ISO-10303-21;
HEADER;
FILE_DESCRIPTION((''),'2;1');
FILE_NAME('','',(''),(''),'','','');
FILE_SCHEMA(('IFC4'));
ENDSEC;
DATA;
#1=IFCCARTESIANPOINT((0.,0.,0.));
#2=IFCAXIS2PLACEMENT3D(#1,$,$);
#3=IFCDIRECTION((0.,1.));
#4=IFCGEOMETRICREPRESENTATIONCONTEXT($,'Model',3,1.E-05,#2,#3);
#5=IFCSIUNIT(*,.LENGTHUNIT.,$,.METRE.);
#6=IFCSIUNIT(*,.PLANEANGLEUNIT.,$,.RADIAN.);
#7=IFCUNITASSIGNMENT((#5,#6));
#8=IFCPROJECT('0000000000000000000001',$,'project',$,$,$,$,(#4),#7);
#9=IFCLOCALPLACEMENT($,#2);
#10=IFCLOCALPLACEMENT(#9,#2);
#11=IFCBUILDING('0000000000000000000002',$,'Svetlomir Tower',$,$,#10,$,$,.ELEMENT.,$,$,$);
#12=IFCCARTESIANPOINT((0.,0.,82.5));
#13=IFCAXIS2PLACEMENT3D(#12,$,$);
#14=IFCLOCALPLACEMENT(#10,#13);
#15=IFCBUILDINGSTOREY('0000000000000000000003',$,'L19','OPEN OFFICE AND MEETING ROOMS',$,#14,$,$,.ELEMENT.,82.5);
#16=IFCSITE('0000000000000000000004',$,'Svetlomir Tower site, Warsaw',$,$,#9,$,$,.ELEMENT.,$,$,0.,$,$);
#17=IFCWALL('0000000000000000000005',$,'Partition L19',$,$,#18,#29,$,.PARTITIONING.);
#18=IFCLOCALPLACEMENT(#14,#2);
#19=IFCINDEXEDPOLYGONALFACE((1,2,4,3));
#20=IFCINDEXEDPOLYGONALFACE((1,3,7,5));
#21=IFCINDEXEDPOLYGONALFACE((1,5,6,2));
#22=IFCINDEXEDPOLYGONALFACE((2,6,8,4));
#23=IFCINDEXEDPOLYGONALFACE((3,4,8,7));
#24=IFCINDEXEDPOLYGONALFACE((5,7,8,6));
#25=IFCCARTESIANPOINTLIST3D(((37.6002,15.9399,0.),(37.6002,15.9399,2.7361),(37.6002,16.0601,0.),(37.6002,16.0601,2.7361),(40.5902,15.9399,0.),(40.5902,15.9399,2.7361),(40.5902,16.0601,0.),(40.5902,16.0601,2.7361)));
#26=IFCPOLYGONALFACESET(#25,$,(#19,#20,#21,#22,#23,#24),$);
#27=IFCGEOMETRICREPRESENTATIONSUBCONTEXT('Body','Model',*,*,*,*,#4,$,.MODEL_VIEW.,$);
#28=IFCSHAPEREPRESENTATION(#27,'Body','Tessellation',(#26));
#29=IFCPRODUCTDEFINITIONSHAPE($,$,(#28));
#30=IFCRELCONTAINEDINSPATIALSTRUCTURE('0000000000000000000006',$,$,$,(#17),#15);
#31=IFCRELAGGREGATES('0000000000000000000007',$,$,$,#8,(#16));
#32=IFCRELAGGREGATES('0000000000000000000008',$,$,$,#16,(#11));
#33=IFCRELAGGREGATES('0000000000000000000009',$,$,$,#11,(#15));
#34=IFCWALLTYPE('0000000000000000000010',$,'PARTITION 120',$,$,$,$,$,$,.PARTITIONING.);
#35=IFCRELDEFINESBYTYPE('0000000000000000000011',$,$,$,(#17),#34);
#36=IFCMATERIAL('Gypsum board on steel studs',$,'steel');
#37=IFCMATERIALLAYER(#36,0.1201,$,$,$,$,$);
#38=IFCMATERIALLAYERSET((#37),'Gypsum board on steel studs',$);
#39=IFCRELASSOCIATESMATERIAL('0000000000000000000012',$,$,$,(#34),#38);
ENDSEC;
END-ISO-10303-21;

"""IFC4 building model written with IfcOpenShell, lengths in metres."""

from ifc_helpers import new_model, si_unit, direction, frame, frame_2d, origin, place, context, subcontext, project, spatial, rectangle, extrude, material, layer, layer_set, type_object, element, save


model = new_model("IFC4")

# Units and contexts
model_context = context("Model", 3, precision=1e-05, world=origin(), true_north=direction((0.0, 1.0)))
body_context = subcontext(model_context, "Body", "Model", "MODEL_VIEW")
ifc_project = project(units=[si_unit("LENGTHUNIT", "METRE"), si_unit("PLANEANGLEUNIT", "RADIAN")], contexts=[model_context])

# Site, building, storey
site_placement = place(None, origin())
site = spatial("IfcSite", under=ifc_project, at=site_placement, Name="Svetlomir Tower site, Warsaw", CompositionType="ELEMENT", RefElevation=0.0)
building_placement = place(site_placement, origin())
building = spatial("IfcBuilding", under=site, at=building_placement, Name="Svetlomir Tower", CompositionType="ELEMENT")
storey_placement = place(building_placement, frame((0.0, 0.0, 82.5)))
storey = spatial("IfcBuildingStorey", under=building, at=storey_placement, Name="L19", Description="OPEN OFFICE AND MEETING ROOMS", CompositionType="ELEMENT", Elevation=82.5)

# Shared definitions
ifc_material_1 = material(Name="Gypsum board on steel studs", Category="steel")
ifc_layer_1 = layer(ifc_material_1, 0.1201)
ifc_layer_set_1 = layer_set([ifc_layer_1], Name="Gypsum board on steel studs")
wall_type = type_object("IfcWallType", Name="PARTITION 120", PredefinedType="PARTITIONING", material=ifc_layer_set_1)

# Wall
wall_1_placement = place(storey_placement, frame((37.6001, 16.0, 0.0), z_axis=(0.0, 0.0, 1.0), x_axis=(1.0, 0.0, 0.0)))
element("IfcWall", 1, at=wall_1_placement, inside=storey, type_object=wall_type, Name="Partition L19", PredefinedType="PARTITIONING", context=body_context, shape_type="SweptSolid", body=[
    extrude(rectangle(XDim=2.99, YDim=0.1201, at=frame_2d((1.4951, 0.0))), origin(), (0.0, 0.0, 1.0), 2.7361),
])

save(model, "model.ifc")
